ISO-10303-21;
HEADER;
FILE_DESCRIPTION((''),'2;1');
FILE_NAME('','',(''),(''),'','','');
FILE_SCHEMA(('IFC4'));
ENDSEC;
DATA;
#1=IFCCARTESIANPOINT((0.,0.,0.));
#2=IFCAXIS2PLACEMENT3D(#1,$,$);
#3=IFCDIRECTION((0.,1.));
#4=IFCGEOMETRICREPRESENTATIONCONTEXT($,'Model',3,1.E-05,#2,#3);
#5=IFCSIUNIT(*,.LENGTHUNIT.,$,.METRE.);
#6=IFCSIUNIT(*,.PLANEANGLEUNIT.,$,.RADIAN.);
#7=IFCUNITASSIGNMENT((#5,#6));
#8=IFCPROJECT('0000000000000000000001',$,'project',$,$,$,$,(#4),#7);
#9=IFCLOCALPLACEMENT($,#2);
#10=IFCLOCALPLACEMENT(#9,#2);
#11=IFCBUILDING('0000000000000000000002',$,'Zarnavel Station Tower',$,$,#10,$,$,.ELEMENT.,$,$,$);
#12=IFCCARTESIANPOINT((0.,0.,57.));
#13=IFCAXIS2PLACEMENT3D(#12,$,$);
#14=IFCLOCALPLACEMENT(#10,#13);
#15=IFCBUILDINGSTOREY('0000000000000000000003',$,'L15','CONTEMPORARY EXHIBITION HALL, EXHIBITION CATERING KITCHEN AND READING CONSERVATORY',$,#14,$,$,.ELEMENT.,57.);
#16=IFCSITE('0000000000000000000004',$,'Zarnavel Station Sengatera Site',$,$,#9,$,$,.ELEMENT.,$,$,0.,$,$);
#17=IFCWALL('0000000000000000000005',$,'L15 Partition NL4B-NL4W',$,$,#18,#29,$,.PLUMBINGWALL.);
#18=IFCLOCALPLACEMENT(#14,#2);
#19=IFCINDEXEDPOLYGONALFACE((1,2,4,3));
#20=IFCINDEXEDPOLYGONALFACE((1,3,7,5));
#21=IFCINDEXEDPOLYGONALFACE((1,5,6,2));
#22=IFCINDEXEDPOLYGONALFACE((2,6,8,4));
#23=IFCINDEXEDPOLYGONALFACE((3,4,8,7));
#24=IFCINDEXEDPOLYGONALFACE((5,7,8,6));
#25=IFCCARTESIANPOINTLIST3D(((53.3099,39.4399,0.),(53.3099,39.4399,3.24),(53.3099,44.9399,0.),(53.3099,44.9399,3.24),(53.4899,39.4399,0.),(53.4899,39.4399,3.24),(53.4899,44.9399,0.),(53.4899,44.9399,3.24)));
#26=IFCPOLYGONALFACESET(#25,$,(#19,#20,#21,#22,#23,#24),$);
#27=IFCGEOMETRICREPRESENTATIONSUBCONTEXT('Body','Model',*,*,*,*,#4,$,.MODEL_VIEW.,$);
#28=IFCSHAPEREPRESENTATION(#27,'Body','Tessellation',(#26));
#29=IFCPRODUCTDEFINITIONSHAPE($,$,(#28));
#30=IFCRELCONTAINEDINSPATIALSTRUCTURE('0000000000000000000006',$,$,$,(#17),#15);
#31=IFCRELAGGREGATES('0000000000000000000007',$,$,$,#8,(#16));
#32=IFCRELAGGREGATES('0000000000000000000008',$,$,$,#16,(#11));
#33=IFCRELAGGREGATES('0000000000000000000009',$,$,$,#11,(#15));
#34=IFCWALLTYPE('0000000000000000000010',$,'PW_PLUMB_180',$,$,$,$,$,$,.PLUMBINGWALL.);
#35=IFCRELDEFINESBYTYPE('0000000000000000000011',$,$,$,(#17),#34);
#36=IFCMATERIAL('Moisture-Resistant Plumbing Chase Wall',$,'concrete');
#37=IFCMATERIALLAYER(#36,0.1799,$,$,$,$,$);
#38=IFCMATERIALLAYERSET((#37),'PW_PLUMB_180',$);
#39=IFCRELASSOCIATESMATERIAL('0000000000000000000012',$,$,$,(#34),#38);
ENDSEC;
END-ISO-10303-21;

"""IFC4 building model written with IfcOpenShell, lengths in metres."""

from ifc_helpers import new_model, si_unit, direction, frame, frame_2d, origin, place, context, subcontext, project, spatial, rectangle, extrude, material, layer, layer_set, type_object, element, save


model = new_model("IFC4")

# Units and contexts
model_context = context("Model", 3, precision=1e-05, world=origin(), true_north=direction((0.0, 1.0)))
body_context = subcontext(model_context, "Body", "Model", "MODEL_VIEW")
ifc_project = project(units=[si_unit("LENGTHUNIT", "METRE"), si_unit("PLANEANGLEUNIT", "RADIAN")], contexts=[model_context])

# Site, building, storey
site_placement = place(None, origin())
site = spatial("IfcSite", under=ifc_project, at=site_placement, Name="Zarnavel Station Sengatera Site", CompositionType="ELEMENT", RefElevation=0.0)
building_placement = place(site_placement, origin())
building = spatial("IfcBuilding", under=site, at=building_placement, Name="Zarnavel Station Tower", CompositionType="ELEMENT")
storey_placement = place(building_placement, frame((0.0, 0.0, 57.0)))
storey = spatial("IfcBuildingStorey", under=building, at=storey_placement, Name="L15", Description="CONTEMPORARY EXHIBITION HALL, EXHIBITION CATERING KITCHEN AND READING CONSERVATORY", CompositionType="ELEMENT", Elevation=57.0)

# Shared definitions
ifc_material_1 = material(Name="Moisture-Resistant Plumbing Chase Wall", Category="concrete")
ifc_layer_1 = layer(ifc_material_1, 0.1799)
ifc_layer_set_1 = layer_set([ifc_layer_1], Name="PW_PLUMB_180")
wall_type_1 = type_object("IfcWallType", Name="PW_PLUMB_180", PredefinedType="PLUMBINGWALL", material=ifc_layer_set_1)

# Wall
wall_1_placement = place(storey_placement, frame((53.3999, 39.4399, 0.0), z_axis=(0.0, 0.0, 1.0), x_axis=(0.0, 1.0, 0.0)))
element("IfcWall", 1, at=wall_1_placement, inside=storey, type_object=wall_type_1, Name="L15 Partition NL4B-NL4W", PredefinedType="PLUMBINGWALL", context=body_context, shape_type="SweptSolid", body=[
    extrude(rectangle(XDim=5.5, YDim=0.1799, at=frame_2d((2.75, 0.0))), origin(), (0.0, 0.0, 1.0), 3.24),
])

save(model, "model.ifc")
